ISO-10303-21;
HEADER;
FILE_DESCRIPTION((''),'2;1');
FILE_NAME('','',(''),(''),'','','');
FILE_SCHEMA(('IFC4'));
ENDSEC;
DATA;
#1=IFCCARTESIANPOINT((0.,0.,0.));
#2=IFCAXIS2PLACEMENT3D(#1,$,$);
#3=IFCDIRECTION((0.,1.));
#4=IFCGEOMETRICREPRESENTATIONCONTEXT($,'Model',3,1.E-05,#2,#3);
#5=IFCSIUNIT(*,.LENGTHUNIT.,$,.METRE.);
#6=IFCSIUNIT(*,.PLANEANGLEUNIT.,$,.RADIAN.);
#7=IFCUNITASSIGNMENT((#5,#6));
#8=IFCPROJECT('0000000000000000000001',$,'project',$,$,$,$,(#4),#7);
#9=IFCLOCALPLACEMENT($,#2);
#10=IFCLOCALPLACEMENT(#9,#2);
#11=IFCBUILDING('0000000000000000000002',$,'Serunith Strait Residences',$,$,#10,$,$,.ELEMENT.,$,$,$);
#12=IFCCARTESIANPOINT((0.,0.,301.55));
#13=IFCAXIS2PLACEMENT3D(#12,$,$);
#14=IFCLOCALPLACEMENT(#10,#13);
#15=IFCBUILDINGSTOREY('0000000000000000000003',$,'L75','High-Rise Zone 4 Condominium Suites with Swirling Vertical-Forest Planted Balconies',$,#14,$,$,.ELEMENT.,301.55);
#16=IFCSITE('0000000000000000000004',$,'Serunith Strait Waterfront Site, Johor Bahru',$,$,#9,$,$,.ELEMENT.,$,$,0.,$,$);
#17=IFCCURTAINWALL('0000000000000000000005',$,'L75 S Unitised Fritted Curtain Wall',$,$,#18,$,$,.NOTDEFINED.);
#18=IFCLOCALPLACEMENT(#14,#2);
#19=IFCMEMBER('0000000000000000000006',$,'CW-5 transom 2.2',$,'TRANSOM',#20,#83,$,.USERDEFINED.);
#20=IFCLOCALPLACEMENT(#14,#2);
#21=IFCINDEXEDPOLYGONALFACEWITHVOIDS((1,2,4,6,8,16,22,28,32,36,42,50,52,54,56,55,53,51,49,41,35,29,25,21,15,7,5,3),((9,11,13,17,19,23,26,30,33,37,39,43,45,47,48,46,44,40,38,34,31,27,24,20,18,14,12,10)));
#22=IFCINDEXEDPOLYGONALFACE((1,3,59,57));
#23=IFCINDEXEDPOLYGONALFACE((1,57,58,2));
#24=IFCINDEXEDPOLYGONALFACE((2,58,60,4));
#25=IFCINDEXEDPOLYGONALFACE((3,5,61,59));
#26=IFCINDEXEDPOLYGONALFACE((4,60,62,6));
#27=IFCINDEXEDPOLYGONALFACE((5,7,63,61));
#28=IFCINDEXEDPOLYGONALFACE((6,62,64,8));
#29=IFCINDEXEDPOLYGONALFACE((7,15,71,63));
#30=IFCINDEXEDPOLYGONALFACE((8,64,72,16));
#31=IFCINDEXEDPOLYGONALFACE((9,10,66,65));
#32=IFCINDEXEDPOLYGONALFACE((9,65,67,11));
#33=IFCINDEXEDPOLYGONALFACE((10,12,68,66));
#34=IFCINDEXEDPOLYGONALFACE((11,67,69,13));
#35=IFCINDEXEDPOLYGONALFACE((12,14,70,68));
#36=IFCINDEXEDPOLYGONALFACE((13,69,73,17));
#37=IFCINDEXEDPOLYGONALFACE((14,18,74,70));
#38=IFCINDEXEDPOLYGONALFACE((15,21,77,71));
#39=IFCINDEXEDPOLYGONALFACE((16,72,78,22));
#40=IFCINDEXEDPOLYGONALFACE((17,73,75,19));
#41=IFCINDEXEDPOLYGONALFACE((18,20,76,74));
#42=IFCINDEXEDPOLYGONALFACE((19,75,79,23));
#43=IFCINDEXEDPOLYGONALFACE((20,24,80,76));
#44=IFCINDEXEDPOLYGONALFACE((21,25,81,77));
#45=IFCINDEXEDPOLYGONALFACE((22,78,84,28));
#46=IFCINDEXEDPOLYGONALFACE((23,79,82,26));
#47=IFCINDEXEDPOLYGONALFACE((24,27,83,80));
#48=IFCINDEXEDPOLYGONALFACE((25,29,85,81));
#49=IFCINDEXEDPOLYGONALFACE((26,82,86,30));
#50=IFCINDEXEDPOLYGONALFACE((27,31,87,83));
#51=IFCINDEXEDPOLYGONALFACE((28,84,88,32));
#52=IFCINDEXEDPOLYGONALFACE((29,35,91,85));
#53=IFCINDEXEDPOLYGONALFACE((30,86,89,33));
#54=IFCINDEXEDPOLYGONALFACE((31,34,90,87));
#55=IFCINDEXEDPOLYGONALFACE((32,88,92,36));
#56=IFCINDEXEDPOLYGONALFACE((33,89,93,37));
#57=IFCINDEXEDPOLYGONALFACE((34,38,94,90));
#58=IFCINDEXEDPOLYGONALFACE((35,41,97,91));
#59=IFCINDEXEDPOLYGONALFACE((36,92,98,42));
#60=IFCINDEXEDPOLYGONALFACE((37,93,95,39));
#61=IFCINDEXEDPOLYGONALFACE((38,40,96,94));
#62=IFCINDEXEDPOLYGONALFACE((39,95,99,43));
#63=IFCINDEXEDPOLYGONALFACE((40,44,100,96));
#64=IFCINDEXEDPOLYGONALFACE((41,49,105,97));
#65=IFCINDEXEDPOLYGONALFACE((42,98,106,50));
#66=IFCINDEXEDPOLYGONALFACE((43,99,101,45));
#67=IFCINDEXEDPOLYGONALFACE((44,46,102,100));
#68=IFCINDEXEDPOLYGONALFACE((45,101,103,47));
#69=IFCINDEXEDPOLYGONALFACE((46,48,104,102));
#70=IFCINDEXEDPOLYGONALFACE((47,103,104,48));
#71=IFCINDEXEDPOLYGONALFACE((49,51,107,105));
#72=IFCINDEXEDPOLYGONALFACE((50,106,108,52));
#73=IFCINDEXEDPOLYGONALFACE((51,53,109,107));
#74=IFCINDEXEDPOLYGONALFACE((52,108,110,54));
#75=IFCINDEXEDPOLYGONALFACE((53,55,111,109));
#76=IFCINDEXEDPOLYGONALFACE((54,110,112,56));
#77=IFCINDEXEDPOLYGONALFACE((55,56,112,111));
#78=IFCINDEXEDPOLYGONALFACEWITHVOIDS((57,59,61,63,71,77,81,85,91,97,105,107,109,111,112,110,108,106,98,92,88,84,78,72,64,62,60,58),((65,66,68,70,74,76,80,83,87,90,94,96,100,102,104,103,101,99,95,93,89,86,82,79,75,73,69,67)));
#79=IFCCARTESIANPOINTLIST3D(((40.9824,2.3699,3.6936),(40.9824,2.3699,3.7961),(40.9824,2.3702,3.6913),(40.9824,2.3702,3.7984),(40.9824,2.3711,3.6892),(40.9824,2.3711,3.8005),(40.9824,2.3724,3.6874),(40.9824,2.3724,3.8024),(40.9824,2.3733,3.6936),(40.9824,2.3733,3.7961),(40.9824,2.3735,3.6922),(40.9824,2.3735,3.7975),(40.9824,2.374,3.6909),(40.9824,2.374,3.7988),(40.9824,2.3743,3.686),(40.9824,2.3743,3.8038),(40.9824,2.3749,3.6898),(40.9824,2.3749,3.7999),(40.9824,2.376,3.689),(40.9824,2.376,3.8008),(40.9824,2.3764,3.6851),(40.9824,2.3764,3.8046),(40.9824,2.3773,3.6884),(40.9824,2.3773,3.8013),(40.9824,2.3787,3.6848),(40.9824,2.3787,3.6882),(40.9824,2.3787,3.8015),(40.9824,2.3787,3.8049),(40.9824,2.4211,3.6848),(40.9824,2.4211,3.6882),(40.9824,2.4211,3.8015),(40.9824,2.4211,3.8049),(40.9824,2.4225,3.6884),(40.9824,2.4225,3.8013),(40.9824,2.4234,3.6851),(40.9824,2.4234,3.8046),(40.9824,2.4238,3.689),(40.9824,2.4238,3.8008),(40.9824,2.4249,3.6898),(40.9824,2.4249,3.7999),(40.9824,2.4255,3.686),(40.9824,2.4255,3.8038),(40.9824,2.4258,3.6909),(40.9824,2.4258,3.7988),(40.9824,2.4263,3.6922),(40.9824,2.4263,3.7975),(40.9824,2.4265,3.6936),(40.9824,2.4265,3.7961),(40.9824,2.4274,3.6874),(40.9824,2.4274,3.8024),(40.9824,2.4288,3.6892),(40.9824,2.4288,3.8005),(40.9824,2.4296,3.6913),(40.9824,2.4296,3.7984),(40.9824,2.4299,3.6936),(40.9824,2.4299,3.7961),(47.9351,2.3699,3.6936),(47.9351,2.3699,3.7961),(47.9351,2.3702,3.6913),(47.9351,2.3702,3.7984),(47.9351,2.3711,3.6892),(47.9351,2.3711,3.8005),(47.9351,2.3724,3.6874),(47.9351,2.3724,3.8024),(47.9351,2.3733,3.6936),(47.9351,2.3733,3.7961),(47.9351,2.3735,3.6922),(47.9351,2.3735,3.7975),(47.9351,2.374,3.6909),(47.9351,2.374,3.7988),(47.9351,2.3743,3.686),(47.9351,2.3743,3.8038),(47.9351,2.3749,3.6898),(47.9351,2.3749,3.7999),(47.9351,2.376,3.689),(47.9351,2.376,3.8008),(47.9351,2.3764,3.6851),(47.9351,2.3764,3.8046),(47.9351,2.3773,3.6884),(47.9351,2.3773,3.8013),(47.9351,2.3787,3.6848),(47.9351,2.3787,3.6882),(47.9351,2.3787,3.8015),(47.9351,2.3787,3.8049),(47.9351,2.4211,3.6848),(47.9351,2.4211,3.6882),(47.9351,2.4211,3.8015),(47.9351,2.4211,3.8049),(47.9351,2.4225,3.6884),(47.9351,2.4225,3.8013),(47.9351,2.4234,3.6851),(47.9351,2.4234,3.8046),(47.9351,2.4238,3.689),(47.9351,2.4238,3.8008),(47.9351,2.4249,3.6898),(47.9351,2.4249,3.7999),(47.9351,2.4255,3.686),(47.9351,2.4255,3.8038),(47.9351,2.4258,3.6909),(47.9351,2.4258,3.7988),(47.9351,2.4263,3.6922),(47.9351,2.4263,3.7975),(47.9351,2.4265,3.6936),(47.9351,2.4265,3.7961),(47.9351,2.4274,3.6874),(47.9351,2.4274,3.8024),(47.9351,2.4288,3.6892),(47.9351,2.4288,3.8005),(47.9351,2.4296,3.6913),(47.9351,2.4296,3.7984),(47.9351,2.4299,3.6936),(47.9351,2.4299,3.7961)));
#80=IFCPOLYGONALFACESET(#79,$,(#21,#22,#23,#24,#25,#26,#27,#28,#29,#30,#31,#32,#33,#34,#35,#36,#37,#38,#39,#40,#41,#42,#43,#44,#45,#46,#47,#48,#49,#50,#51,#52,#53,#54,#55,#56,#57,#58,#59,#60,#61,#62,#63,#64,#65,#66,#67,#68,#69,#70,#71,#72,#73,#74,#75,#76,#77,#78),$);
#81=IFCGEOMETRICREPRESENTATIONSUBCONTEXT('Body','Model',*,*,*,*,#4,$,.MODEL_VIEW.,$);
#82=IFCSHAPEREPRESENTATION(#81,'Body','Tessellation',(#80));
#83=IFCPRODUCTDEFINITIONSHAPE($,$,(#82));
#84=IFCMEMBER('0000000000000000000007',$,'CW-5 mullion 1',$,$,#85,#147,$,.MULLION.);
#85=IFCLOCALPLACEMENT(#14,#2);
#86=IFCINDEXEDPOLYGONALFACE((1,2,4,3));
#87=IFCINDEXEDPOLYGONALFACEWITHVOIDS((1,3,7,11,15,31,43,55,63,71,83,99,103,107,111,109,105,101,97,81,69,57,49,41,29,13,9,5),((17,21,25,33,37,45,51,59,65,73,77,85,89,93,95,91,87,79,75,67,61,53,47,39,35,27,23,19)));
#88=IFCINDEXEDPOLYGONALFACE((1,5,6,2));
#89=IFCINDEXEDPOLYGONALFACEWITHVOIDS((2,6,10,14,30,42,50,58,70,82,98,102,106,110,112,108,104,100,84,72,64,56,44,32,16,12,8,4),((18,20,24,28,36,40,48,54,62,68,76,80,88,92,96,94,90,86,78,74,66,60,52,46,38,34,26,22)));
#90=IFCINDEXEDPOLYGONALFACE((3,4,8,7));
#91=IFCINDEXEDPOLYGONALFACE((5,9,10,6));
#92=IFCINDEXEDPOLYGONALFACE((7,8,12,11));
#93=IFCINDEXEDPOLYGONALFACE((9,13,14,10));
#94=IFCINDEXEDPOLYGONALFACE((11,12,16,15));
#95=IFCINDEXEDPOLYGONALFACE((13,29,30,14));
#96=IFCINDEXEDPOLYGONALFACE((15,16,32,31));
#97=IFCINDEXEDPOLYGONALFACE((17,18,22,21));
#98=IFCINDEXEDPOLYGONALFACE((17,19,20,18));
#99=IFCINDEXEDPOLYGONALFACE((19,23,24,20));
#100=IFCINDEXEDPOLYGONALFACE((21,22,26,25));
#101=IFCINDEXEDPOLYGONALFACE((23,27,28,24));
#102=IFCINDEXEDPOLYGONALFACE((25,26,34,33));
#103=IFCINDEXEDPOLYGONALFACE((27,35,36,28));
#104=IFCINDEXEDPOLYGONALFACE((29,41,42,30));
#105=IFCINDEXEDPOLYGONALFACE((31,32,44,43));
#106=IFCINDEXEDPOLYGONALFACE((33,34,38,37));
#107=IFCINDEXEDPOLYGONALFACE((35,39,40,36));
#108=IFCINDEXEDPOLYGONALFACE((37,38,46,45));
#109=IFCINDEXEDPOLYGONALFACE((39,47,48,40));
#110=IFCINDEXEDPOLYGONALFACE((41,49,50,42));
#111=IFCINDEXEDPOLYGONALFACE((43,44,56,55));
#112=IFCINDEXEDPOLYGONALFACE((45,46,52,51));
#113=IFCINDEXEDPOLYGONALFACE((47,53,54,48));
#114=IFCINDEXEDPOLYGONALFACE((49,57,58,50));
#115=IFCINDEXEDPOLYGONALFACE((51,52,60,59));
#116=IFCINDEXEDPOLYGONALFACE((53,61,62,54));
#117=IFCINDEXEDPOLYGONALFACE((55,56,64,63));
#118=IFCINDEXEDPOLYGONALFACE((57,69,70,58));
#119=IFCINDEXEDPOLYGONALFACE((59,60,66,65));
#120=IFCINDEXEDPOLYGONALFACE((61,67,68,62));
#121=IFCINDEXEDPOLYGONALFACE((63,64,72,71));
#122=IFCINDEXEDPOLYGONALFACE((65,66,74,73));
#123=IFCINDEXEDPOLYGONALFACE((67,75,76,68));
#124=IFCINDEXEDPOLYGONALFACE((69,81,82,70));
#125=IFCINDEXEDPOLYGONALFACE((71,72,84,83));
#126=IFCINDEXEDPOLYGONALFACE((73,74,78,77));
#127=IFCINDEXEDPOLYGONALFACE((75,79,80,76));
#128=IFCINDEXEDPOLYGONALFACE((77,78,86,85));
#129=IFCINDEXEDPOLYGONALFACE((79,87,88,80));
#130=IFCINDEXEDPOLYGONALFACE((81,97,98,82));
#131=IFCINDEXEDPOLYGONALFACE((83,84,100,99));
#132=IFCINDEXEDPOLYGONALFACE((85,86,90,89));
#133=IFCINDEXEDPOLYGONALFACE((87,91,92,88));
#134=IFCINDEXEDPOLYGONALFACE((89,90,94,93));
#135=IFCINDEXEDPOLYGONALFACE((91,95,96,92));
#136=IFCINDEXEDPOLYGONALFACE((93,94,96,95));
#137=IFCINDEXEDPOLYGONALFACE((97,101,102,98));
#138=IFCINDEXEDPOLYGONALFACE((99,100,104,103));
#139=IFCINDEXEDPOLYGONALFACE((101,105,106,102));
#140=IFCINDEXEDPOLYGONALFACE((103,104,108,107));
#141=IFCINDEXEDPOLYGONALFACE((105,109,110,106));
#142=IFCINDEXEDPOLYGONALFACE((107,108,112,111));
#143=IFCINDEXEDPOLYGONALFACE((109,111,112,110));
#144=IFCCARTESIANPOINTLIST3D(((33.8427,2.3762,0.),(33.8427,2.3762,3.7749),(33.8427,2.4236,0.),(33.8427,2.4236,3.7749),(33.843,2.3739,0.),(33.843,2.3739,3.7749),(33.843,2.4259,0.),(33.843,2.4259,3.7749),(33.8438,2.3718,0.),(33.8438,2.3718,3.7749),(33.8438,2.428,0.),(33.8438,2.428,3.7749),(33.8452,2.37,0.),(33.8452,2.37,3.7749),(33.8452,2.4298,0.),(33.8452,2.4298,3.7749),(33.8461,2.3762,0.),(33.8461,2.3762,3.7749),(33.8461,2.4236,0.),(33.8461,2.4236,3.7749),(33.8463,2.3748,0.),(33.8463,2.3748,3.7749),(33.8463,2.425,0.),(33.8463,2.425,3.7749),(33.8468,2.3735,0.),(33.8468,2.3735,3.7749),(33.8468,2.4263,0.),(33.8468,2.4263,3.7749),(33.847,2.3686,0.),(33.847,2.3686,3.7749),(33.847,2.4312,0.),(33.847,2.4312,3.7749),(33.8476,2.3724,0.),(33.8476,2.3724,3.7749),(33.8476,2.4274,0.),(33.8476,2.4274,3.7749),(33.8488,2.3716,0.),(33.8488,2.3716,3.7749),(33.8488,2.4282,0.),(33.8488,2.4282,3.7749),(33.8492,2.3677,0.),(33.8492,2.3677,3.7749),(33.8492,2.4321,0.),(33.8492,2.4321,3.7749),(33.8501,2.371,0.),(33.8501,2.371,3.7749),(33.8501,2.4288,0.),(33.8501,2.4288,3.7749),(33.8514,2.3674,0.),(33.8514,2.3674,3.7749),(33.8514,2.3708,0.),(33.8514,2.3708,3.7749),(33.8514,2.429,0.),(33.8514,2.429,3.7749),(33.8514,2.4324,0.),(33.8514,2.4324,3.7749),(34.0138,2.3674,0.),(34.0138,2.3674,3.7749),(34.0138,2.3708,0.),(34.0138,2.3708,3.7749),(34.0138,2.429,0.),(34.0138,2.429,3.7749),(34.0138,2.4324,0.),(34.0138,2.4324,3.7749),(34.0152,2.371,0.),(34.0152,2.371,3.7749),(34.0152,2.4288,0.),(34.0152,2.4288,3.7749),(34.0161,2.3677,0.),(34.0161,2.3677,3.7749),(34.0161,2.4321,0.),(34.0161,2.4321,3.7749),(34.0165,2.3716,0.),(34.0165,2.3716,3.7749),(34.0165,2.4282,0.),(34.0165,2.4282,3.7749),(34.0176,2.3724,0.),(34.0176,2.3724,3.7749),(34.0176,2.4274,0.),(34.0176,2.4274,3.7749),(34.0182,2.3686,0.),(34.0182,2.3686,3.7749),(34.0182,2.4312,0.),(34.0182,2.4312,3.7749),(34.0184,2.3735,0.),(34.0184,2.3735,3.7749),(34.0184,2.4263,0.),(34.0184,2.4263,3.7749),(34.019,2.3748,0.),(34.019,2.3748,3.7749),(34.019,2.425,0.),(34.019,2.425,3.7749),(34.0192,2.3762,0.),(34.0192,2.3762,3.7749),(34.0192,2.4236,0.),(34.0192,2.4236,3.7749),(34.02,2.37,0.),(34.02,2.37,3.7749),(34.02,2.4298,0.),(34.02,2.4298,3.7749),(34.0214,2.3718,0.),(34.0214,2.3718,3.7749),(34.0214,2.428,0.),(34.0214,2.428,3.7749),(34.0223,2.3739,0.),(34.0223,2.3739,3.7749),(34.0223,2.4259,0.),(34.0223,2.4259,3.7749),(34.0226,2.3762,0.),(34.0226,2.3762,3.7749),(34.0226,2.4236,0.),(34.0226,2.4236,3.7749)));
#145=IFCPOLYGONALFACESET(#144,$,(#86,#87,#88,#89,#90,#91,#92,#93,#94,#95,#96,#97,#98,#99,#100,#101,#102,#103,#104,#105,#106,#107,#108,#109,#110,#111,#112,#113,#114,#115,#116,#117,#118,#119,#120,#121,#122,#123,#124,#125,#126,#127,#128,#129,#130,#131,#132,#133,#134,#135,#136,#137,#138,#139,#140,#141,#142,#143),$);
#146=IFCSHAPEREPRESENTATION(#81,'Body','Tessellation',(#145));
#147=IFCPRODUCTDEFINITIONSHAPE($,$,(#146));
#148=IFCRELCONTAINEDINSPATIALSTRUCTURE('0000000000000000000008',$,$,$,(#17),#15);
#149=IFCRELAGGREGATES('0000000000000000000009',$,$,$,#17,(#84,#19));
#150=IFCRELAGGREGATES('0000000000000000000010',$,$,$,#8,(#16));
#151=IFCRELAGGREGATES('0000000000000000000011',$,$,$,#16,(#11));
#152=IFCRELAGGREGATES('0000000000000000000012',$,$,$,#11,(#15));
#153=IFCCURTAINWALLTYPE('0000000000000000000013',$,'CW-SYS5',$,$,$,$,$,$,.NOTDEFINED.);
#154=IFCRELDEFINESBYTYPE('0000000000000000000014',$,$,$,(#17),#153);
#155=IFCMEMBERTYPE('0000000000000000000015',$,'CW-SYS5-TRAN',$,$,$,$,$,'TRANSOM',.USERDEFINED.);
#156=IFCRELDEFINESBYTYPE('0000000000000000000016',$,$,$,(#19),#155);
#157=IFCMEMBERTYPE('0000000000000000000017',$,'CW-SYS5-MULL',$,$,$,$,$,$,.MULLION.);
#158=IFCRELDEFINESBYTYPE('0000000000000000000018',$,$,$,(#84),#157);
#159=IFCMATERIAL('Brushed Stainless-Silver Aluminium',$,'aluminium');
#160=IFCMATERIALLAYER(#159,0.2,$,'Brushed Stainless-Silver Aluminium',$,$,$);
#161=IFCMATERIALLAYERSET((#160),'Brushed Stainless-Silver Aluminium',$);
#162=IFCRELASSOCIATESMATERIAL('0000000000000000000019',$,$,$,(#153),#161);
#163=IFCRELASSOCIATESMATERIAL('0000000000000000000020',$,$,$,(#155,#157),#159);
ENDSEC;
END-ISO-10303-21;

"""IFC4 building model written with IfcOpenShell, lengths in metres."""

from ifc_helpers import new_model, si_unit, direction, frame, origin, origin_2d, place, context, subcontext, project, spatial, hollow_rectangle, extrude, source, transform, mapped, material, layer, layer_set, material_profile, profile_set, type_object, element, aggregate, save


model = new_model("IFC4")

# Units and contexts
model_context = context("Model", 3, precision=1e-05, world=origin(), true_north=direction((0.0, 1.0)))
body_context = subcontext(model_context, "Body", "Model", "MODEL_VIEW")
ifc_project = project(units=[si_unit("LENGTHUNIT", "METRE"), si_unit("PLANEANGLEUNIT", "RADIAN")], contexts=[model_context])

# Site, building, storey
site_placement = place(None, origin())
site = spatial("IfcSite", under=ifc_project, at=site_placement, Name="Serunith Strait Waterfront Site, Johor Bahru", CompositionType="ELEMENT", RefElevation=0.0)
building_placement = place(site_placement, origin())
building = spatial("IfcBuilding", under=site, at=building_placement, Name="Serunith Strait Residences", CompositionType="ELEMENT")
storey_placement = place(building_placement, frame((0.0, 0.0, 301.55)))
storey = spatial("IfcBuildingStorey", under=building, at=storey_placement, Name="L75", Description="High-Rise Zone 4 Condominium Suites with Swirling Vertical-Forest Planted Balconies", CompositionType="ELEMENT", Elevation=301.55)

# Curtain wall, members
ifc_material_1 = material(Name="Brushed Stainless-Silver Aluminium", Category="aluminium")
ifc_layer_1 = layer(ifc_material_1, 0.2, Name="Brushed Stainless-Silver Aluminium")
ifc_layer_set_1 = layer_set([ifc_layer_1], Name="Brushed Stainless-Silver Aluminium")
curtain_wall_type = type_object("IfcCurtainWallType", Name="CW-SYS5", PredefinedType="NOTDEFINED", material=ifc_layer_set_1)
curtain_wall_placement = place(storey_placement, origin())
curtain_wall = element("IfcCurtainWall", 1, at=curtain_wall_placement, inside=storey, type_object=curtain_wall_type, Name="L75 S Unitised Fritted Curtain Wall", PredefinedType="NOTDEFINED")
ifc_material_profile_1 = material_profile(ifc_material_1, hollow_rectangle(XDim=0.0601, YDim=0.1201, WallThickness=0.0034, InnerFilletRadius=0.0054, OuterFilletRadius=0.0088, at=origin_2d()), Name="ALU 120x60x3.5")
ifc_profile_set_1 = profile_set([ifc_material_profile_1], Name="Brushed Stainless-Silver Aluminium")
member_type_1 = type_object("IfcMemberType", Name="CW-SYS5-TRAN", ElementType="TRANSOM", PredefinedType="USERDEFINED", material=ifc_profile_set_1)
shared_shape_1 = source(origin(), body_context, "Body", "SweptSolid", [
    extrude(hollow_rectangle(XDim=0.0601, YDim=0.1201, WallThickness=0.0034, InnerFilletRadius=0.0054, OuterFilletRadius=0.0088, at=origin_2d()), origin(), (0.0, 0.0, 1.0), 6.9526),
])
member_1_placement = place(storey_placement, frame((40.9824, 2.3999, 3.7449), z_axis=(1.0, 0.0, 0.0), x_axis=(0.0, 1.0, 0.0)))
member_1 = element("IfcMember", 2, at=member_1_placement, type_object=member_type_1, Name="CW-5 transom 2.2", ObjectType="TRANSOM", PredefinedType="USERDEFINED", context=body_context, shape_type="MappedRepresentation", body=[
    mapped(shared_shape_1, transform((0.0, 0.0, 0.0), scale=1.0)),
])
ifc_material_profile_2 = material_profile(ifc_material_1, hollow_rectangle(XDim=0.0649, YDim=0.1799, WallThickness=0.0034, InnerFilletRadius=0.0054, OuterFilletRadius=0.0088, at=origin_2d()), Name="ALU 180x65x3.5")
ifc_profile_set_2 = profile_set([ifc_material_profile_2], Name="Brushed Stainless-Silver Aluminium")
member_type_2 = type_object("IfcMemberType", Name="CW-SYS5-MULL", PredefinedType="MULLION", material=ifc_profile_set_2)
shared_shape_2 = source(origin(), body_context, "Body", "SweptSolid", [
    extrude(hollow_rectangle(XDim=0.0649, YDim=0.1799, WallThickness=0.0034, InnerFilletRadius=0.0054, OuterFilletRadius=0.0088, at=origin_2d()), origin(), (0.0, 0.0, 1.0), 3.7749),
])
member_2_placement = place(storey_placement, frame((33.9326, 2.3999, 0.0), z_axis=(0.0, 0.0, 1.0), x_axis=(0.0, 1.0, 0.0)))
member_2 = element("IfcMember", 3, at=member_2_placement, type_object=member_type_2, Name="CW-5 mullion 1", PredefinedType="MULLION", context=body_context, shape_type="MappedRepresentation", body=[
    mapped(shared_shape_2, transform((0.0, 0.0, 0.0), scale=1.0)),
])
aggregate(curtain_wall, [member_2, member_1])

save(model, "model.ifc")
